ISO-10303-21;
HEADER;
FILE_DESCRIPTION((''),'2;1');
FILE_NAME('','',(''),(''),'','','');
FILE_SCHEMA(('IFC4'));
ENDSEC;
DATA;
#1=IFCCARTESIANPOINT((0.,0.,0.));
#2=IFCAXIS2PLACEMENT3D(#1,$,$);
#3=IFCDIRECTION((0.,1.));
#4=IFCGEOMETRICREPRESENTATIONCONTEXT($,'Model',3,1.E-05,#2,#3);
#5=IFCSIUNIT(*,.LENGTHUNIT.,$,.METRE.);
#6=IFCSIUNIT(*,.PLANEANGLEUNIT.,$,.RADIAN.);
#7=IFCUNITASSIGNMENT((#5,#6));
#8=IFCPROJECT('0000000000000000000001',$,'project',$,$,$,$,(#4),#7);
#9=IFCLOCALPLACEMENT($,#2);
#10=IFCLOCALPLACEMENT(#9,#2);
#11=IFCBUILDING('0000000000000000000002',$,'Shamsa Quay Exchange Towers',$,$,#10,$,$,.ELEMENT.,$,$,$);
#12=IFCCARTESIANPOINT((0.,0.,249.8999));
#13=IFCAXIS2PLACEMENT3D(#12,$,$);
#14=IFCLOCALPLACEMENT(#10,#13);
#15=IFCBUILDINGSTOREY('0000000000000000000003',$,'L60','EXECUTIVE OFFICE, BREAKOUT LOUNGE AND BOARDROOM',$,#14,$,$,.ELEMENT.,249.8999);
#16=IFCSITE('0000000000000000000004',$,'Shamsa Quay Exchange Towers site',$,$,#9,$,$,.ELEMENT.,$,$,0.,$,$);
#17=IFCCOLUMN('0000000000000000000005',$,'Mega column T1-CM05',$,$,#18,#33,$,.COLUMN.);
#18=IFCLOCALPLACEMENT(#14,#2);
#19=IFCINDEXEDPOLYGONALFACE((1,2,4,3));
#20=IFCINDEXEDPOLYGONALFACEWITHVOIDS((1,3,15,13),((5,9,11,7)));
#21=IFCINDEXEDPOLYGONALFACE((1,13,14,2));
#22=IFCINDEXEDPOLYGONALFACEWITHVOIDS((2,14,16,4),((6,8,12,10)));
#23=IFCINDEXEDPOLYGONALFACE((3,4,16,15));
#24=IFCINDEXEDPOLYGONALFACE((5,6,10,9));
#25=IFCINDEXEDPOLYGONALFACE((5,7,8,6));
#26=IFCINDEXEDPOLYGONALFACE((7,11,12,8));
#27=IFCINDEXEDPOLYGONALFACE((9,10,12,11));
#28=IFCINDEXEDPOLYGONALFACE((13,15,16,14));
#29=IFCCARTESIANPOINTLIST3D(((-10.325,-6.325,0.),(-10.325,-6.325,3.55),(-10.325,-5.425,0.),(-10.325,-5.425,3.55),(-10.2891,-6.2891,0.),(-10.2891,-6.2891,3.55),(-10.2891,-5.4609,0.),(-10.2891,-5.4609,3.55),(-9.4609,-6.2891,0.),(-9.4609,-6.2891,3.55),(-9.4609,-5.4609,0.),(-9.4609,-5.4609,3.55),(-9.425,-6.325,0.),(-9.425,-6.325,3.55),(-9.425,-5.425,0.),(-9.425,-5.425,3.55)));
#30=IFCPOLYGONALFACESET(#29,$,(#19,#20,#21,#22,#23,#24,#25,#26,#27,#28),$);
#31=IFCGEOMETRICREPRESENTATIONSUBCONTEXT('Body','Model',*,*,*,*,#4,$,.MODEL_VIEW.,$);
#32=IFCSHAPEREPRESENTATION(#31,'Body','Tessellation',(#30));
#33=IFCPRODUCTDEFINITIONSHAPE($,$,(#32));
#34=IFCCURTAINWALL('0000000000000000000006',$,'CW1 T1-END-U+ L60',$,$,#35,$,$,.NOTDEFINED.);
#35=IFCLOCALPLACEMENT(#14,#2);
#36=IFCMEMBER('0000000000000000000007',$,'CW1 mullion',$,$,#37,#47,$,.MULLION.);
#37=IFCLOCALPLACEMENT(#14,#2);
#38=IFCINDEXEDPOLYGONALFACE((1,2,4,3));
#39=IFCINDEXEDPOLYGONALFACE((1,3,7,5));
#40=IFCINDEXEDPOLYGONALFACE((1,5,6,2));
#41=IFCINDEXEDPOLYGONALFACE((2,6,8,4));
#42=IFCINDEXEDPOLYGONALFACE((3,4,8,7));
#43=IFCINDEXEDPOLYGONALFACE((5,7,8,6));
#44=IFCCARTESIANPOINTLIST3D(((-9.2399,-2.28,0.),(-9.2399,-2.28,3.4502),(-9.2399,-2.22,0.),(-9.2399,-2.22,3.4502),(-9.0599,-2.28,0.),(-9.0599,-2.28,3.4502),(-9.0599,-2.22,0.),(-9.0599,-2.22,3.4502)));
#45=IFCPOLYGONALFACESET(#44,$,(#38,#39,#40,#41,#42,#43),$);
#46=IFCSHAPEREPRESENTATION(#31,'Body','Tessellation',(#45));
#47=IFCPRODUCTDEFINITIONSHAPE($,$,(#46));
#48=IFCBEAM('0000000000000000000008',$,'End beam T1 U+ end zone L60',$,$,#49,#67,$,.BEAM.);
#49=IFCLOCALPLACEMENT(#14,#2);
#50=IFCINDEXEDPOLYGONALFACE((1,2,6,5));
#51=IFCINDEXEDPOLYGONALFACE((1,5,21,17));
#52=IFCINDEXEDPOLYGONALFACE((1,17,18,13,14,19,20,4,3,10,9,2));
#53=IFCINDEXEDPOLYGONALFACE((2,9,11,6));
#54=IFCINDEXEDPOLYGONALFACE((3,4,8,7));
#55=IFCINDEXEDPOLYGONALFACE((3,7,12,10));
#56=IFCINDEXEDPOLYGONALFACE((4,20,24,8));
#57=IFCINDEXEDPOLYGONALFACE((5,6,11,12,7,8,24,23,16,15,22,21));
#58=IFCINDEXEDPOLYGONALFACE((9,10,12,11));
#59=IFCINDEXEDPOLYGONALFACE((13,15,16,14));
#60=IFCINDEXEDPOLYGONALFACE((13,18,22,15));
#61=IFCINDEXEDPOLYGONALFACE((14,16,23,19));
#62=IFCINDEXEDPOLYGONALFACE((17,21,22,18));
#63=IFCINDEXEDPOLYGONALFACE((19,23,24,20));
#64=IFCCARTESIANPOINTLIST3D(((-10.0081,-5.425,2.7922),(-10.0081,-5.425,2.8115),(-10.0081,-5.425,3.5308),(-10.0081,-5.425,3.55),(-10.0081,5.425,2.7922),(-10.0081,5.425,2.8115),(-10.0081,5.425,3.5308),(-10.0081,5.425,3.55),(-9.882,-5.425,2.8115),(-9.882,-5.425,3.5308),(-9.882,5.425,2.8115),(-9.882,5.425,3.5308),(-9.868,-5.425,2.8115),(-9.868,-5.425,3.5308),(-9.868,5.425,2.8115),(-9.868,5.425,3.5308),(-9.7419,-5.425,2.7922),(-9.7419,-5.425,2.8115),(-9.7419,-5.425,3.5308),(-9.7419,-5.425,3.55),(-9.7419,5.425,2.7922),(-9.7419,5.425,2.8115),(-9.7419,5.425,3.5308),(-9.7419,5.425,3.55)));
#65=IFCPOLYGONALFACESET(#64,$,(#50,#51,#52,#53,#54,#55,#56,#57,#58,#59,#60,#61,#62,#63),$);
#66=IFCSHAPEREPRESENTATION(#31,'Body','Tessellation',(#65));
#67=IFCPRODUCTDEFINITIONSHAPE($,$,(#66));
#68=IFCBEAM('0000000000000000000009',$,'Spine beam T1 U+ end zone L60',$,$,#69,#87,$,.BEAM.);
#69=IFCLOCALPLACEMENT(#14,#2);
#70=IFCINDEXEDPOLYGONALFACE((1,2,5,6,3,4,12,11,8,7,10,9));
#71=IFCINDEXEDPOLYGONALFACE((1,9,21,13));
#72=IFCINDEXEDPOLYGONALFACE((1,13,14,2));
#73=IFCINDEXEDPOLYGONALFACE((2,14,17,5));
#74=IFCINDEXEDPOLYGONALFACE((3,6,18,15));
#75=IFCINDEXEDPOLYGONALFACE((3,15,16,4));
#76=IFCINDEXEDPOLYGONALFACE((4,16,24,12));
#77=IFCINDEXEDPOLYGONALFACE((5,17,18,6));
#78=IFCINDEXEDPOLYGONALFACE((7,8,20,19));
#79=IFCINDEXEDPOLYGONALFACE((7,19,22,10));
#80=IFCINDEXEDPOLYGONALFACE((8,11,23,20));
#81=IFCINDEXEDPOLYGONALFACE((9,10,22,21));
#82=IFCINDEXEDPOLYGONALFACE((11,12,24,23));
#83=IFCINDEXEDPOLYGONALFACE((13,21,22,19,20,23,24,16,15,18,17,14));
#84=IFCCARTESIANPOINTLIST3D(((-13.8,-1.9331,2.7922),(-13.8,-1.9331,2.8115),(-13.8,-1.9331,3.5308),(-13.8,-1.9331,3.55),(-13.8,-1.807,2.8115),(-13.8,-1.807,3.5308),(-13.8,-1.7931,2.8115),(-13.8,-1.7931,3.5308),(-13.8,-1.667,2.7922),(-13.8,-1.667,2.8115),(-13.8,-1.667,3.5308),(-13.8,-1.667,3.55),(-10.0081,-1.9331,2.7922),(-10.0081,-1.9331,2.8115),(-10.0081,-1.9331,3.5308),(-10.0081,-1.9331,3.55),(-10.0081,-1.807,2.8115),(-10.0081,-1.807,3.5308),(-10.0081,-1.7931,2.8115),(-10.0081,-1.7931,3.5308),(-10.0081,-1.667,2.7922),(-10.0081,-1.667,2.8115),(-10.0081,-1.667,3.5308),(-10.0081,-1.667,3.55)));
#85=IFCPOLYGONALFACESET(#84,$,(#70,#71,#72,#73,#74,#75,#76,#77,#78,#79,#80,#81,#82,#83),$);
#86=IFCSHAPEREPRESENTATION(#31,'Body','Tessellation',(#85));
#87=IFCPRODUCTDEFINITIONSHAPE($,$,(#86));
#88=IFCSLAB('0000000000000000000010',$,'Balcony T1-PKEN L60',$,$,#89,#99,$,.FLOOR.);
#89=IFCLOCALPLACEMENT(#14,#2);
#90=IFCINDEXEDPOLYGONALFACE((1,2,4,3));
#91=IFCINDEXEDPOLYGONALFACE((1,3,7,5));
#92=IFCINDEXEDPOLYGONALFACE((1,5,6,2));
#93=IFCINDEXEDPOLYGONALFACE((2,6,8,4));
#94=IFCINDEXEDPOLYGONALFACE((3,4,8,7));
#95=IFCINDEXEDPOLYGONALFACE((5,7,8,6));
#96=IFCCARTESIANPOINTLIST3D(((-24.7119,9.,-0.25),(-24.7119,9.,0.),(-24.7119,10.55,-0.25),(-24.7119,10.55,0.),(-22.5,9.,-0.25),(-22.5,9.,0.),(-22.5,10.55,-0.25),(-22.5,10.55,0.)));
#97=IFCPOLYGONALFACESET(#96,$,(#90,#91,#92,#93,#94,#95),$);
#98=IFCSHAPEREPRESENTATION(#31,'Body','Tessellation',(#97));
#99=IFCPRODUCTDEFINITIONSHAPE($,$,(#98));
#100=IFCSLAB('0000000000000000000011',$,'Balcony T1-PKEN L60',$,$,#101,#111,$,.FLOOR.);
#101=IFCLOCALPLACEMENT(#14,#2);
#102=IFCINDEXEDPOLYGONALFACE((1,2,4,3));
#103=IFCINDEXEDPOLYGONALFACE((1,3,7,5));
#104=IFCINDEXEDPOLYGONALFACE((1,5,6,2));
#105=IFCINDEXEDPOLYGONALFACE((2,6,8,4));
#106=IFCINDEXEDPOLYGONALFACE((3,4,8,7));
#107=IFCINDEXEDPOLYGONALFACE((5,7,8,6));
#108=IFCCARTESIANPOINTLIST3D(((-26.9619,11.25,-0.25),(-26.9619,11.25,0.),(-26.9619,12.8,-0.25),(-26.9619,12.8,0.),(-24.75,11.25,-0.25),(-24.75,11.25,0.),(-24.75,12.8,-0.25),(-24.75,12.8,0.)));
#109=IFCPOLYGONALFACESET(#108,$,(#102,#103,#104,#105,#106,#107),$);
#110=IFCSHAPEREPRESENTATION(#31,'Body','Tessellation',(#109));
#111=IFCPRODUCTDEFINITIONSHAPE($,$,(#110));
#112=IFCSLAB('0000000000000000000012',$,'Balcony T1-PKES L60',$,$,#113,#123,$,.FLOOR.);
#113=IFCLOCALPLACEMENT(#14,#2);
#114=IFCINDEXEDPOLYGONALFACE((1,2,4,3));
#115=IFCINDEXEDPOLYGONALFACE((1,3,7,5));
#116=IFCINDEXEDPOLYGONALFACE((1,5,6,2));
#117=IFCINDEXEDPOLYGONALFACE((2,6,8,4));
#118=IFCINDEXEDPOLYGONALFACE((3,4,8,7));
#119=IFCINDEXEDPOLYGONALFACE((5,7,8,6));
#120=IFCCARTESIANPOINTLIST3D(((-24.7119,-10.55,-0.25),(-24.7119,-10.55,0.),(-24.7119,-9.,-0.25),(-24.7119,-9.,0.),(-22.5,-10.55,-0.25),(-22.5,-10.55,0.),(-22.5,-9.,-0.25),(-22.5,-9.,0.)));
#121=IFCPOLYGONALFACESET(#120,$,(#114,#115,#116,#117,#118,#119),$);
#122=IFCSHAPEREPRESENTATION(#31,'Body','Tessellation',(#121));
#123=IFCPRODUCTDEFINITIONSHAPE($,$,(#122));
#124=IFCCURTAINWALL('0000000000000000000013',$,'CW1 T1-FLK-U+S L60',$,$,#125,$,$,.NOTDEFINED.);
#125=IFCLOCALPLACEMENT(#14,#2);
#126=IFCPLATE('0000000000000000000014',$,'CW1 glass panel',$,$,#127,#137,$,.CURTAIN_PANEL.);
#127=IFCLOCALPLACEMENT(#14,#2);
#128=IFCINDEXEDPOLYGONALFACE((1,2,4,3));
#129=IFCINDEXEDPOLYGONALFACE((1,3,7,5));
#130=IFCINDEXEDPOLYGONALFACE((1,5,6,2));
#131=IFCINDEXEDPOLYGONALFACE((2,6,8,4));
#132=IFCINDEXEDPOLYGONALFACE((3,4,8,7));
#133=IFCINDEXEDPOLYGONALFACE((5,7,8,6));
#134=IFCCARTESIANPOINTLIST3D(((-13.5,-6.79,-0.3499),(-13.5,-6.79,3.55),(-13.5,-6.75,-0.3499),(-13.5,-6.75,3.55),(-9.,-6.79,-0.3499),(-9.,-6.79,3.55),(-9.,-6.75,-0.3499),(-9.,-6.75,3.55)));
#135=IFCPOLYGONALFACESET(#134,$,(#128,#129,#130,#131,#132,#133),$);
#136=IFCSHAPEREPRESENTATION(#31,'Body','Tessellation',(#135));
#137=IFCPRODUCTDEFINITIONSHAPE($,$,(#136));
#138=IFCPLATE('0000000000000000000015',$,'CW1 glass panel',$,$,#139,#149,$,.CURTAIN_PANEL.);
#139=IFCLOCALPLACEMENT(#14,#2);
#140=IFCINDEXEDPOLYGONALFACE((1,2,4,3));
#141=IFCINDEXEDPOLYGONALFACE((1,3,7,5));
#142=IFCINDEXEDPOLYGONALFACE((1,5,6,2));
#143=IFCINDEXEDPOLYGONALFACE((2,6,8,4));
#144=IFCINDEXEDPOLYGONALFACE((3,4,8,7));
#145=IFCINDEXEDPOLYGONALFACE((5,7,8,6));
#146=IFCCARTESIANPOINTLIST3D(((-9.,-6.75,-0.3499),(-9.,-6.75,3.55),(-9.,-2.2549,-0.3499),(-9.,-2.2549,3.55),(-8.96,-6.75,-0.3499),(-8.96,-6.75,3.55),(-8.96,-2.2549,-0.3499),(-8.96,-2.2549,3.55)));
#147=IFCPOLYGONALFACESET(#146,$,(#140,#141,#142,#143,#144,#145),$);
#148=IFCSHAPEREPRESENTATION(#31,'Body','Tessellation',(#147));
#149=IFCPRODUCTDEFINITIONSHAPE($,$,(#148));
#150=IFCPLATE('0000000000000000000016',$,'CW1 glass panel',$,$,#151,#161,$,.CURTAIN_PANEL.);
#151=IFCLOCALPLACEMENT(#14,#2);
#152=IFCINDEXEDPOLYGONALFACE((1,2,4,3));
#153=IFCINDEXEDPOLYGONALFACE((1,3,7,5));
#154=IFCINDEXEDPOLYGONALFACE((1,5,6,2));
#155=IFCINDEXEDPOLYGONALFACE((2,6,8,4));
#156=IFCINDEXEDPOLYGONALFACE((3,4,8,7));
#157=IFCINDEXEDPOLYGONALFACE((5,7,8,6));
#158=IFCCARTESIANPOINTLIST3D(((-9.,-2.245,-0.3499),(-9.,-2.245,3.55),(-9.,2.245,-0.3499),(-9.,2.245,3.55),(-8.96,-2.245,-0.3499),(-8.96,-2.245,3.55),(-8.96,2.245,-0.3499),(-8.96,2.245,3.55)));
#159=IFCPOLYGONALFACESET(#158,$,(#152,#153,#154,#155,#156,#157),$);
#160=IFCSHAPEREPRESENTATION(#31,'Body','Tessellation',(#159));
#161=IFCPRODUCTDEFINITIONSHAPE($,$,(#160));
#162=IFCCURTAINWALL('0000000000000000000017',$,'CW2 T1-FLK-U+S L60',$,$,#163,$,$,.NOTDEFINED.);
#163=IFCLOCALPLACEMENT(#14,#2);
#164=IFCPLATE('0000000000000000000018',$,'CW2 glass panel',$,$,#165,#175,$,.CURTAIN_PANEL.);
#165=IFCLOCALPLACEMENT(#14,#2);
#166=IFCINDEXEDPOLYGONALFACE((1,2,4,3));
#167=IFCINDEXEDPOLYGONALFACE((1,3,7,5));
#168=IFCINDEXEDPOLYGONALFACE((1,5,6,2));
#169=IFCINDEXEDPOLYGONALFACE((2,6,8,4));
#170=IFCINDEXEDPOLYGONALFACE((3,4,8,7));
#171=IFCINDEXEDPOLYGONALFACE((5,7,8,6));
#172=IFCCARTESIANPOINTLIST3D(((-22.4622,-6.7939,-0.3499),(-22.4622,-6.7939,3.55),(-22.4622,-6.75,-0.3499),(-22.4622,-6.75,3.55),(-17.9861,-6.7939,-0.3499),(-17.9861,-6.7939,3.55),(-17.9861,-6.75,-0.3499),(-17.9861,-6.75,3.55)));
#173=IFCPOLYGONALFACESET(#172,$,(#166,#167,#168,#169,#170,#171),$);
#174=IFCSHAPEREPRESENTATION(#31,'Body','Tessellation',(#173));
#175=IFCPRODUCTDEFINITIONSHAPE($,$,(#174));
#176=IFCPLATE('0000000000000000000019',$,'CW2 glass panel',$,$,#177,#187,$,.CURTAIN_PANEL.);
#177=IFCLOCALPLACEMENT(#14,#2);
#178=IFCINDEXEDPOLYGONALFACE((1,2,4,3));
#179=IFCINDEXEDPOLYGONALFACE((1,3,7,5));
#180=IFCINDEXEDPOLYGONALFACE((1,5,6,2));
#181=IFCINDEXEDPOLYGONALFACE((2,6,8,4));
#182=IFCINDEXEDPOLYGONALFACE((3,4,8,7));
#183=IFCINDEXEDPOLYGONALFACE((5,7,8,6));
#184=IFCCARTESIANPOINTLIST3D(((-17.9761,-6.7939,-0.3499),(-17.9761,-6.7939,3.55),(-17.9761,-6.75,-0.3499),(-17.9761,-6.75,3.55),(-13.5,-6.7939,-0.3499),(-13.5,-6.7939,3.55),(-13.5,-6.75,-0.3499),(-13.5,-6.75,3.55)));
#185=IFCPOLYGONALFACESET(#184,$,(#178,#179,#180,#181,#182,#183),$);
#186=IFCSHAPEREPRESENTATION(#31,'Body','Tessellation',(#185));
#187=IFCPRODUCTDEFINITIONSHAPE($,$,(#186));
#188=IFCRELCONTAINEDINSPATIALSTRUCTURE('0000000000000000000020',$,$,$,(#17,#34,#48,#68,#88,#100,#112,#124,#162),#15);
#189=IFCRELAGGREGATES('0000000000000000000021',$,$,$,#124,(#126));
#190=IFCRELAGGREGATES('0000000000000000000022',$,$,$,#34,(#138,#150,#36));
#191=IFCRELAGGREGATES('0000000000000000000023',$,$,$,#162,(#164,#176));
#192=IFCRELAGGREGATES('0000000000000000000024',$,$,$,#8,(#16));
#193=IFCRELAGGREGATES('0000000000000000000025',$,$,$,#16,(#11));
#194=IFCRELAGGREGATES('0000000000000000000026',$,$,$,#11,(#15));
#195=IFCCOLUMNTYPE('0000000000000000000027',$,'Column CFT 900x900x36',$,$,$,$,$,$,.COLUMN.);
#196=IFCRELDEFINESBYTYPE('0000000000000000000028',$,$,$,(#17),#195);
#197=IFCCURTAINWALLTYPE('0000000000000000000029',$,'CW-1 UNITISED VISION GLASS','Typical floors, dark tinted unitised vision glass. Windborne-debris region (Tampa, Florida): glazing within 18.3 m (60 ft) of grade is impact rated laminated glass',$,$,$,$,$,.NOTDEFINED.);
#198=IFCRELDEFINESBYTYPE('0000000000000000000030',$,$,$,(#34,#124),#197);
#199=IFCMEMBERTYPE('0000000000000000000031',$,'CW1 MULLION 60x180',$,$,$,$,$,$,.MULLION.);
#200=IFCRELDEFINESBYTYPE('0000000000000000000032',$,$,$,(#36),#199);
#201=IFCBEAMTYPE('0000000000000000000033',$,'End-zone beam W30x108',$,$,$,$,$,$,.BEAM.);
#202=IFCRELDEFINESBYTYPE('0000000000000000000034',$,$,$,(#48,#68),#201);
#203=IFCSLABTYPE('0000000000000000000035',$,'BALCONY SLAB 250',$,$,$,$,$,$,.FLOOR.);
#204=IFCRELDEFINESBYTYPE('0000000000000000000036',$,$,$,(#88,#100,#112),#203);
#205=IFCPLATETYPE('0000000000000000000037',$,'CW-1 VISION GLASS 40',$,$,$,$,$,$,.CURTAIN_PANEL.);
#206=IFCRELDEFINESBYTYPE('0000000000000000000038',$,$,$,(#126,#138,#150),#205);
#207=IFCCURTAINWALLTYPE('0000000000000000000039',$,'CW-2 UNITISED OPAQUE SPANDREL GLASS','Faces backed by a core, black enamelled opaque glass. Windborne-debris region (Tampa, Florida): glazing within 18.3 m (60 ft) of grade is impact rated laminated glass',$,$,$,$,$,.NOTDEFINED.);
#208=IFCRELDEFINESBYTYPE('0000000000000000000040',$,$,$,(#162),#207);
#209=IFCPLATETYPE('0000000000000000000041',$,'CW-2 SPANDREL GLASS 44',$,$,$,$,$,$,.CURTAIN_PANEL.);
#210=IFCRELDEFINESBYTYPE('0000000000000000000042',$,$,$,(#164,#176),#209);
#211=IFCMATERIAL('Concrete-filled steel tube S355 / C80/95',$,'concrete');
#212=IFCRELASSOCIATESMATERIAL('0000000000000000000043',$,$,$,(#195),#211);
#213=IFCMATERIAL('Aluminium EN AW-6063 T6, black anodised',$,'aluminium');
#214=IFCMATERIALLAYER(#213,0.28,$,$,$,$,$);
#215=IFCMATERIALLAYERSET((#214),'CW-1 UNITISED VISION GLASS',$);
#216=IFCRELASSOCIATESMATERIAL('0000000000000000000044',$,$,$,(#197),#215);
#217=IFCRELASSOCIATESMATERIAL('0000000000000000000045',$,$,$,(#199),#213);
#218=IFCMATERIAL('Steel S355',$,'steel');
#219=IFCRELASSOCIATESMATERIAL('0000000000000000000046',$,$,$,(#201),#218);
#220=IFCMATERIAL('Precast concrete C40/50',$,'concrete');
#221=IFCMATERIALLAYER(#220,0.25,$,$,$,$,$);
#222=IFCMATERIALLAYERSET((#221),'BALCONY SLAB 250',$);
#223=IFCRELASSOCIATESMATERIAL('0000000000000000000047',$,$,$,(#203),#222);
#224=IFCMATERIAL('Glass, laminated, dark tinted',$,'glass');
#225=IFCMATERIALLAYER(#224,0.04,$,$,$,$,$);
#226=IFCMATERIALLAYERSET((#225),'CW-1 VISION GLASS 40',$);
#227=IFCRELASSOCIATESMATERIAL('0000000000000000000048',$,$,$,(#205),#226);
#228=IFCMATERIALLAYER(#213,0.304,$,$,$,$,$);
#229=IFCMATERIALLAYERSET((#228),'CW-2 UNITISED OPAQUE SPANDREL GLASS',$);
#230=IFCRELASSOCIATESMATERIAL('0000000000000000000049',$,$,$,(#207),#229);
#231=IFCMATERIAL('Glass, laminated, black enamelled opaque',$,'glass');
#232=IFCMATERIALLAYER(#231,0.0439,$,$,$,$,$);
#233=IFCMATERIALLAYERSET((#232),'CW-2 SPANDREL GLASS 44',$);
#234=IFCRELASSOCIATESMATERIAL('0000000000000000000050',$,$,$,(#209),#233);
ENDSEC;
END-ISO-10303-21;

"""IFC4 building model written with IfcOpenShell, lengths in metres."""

from ifc_helpers import new_model, si_unit, direction, frame, origin, origin_2d, place, context, subcontext, project, spatial, polyline, rectangle, hollow_rectangle, i_section, outline, extrude, material, layer, layer_set, material_profile, profile_set, type_object, element, aggregate, save


model = new_model("IFC4")

# Units and contexts
model_context = context("Model", 3, precision=1e-05, world=origin(), true_north=direction((0.0, 1.0)))
body_context = subcontext(model_context, "Body", "Model", "MODEL_VIEW")
ifc_project = project(units=[si_unit("LENGTHUNIT", "METRE"), si_unit("PLANEANGLEUNIT", "RADIAN")], contexts=[model_context])

# Site, building, storey
site_placement = place(None, origin())
site = spatial("IfcSite", under=ifc_project, at=site_placement, Name="Shamsa Quay Exchange Towers site", CompositionType="ELEMENT", RefElevation=0.0)
building_placement = place(site_placement, origin())
building = spatial("IfcBuilding", under=site, at=building_placement, Name="Shamsa Quay Exchange Towers", CompositionType="ELEMENT")
storey_placement = place(building_placement, frame((0.0, 0.0, 249.8999)))
storey = spatial("IfcBuildingStorey", under=building, at=storey_placement, Name="L60", Description="EXECUTIVE OFFICE, BREAKOUT LOUNGE AND BOARDROOM", CompositionType="ELEMENT", Elevation=249.8999)

# Column
ifc_material_1 = material(Name="Concrete-filled steel tube S355 / C80/95", Category="concrete")
ifc_material_profile_1 = material_profile(ifc_material_1, hollow_rectangle(XDim=0.8999, YDim=0.8999, WallThickness=0.0359, at=origin_2d()), Name="CFT 900x900x36")
ifc_profile_set_1 = profile_set([ifc_material_profile_1], Name="Concrete-filled steel tube S355 / C80/95")
column_type = type_object("IfcColumnType", Name="Column CFT 900x900x36", PredefinedType="COLUMN", material=ifc_profile_set_1)
column_placement = place(storey_placement, frame((-9.875, -5.875, 0.0)))
element("IfcColumn", 1, at=column_placement, inside=storey, type_object=column_type, Name="Mega column T1-CM05", PredefinedType="COLUMN", context=body_context, shape_type="SweptSolid", body=[
    extrude(hollow_rectangle(XDim=0.8999, YDim=0.8999, WallThickness=0.0359, at=origin_2d()), origin(), (0.0, 0.0, 1.0), 3.55),
])

# Curtain wall, member
ifc_material_2 = material(Name="Aluminium EN AW-6063 T6, black anodised", Category="aluminium")
ifc_layer_1 = layer(ifc_material_2, 0.28)
ifc_layer_set_1 = layer_set([ifc_layer_1], Name="CW-1 UNITISED VISION GLASS")
curtain_wall_type_1 = type_object("IfcCurtainWallType", Name="CW-1 UNITISED VISION GLASS", Description="Typical floors, dark tinted unitised vision glass. Windborne-debris region (Tampa, Florida): glazing within 18.3 m (60 ft) of grade is impact rated laminated glass", PredefinedType="NOTDEFINED", material=ifc_layer_set_1)
curtain_wall_1_placement = place(storey_placement, origin())
curtain_wall_1 = element("IfcCurtainWall", 2, at=curtain_wall_1_placement, inside=storey, type_object=curtain_wall_type_1, Name="CW1 T1-END-U+ L60", PredefinedType="NOTDEFINED")
ifc_material_profile_2 = material_profile(ifc_material_2, rectangle(XDim=0.1799, YDim=0.0601, at=origin_2d()), Name="MU60x180")
ifc_profile_set_2 = profile_set([ifc_material_profile_2], Name="Aluminium EN AW-6063 T6, black anodised")
member_type = type_object("IfcMemberType", Name="CW1 MULLION 60x180", PredefinedType="MULLION", material=ifc_profile_set_2)
member_placement = place(storey_placement, frame((-9.1499, -2.25, 0.0), z_axis=(0.0, 0.0, 1.0), x_axis=(-1.0, 0.0, 0.0)))
member = element("IfcMember", 3, at=member_placement, type_object=member_type, Name="CW1 mullion", PredefinedType="MULLION", context=body_context, shape_type="SweptSolid", body=[
    extrude(rectangle(XDim=0.1799, YDim=0.0601, at=origin_2d()), origin(), (0.0, 0.0, 1.0), 3.4502),
])

# Beams
ifc_material_3 = material(Name="Steel S355", Category="steel")
ifc_material_profile_3 = material_profile(ifc_material_3, i_section(OverallWidth=0.2661, OverallDepth=0.7578, WebThickness=0.0139, FlangeThickness=0.0193, at=origin_2d()), Name="W30x108")
ifc_profile_set_3 = profile_set([ifc_material_profile_3], Name="Steel S355")
beam_type = type_object("IfcBeamType", Name="End-zone beam W30x108", PredefinedType="BEAM", material=ifc_profile_set_3)
beam_1_placement = place(storey_placement, frame((-9.875, -5.425, 3.1711), z_axis=(0.0, 1.0, 0.0), x_axis=(-1.0, 0.0, 0.0)))
element("IfcBeam", 4, at=beam_1_placement, inside=storey, type_object=beam_type, Name="End beam T1 U+ end zone L60", PredefinedType="BEAM", context=body_context, shape_type="SweptSolid", body=[
    extrude(i_section(OverallWidth=0.2661, OverallDepth=0.7578, WebThickness=0.0139, FlangeThickness=0.0193, at=origin_2d()), origin(), (0.0, 0.0, 1.0), 10.8501),
])
beam_2_placement = place(storey_placement, frame((-13.8, -1.8, 3.1711), z_axis=(1.0, 0.0, 0.0), x_axis=(0.0, 1.0, 0.0)))
element("IfcBeam", 5, at=beam_2_placement, inside=storey, type_object=beam_type, Name="Spine beam T1 U+ end zone L60", PredefinedType="BEAM", context=body_context, shape_type="SweptSolid", body=[
    extrude(i_section(OverallWidth=0.2661, OverallDepth=0.7578, WebThickness=0.0139, FlangeThickness=0.0193, at=origin_2d()), origin(), (0.0, 0.0, 1.0), 3.792),
])

# Slabs
ifc_material_4 = material(Name="Precast concrete C40/50", Category="concrete")
ifc_layer_2 = layer(ifc_material_4, 0.25)
ifc_layer_set_2 = layer_set([ifc_layer_2], Name="BALCONY SLAB 250")
slab_type_1 = type_object("IfcSlabType", Name="BALCONY SLAB 250", PredefinedType="FLOOR", material=ifc_layer_set_2)
slab_1_placement = place(storey_placement, frame((0.0, 0.0, -0.25)))
element("IfcSlab", 6, at=slab_1_placement, inside=storey, type_object=slab_type_1, Name="Balcony T1-PKEN L60", PredefinedType="FLOOR", context=body_context, shape_type="SweptSolid", body=[
    extrude(outline(polyline([(-22.5, 9.0), (-24.7119, 9.0), (-24.7119, 10.55), (-22.5, 10.55), (-22.5, 9.0)])), origin(), (0.0, 0.0, 1.0), 0.25),
])
slab_2_placement = place(storey_placement, frame((0.0, 0.0, -0.25)))
element("IfcSlab", 7, at=slab_2_placement, inside=storey, type_object=slab_type_1, Name="Balcony T1-PKEN L60", PredefinedType="FLOOR", context=body_context, shape_type="SweptSolid", body=[
    extrude(outline(polyline([(-24.75, 11.25), (-26.9619, 11.25), (-26.9619, 12.8), (-24.75, 12.8), (-24.75, 11.25)])), origin(), (0.0, 0.0, 1.0), 0.25),
])
slab_3_placement = place(storey_placement, frame((0.0, 0.0, -0.25)))
element("IfcSlab", 8, at=slab_3_placement, inside=storey, type_object=slab_type_1, Name="Balcony T1-PKES L60", PredefinedType="FLOOR", context=body_context, shape_type="SweptSolid", body=[
    extrude(outline(polyline([(-24.7119, -9.0), (-22.5, -9.0), (-22.5, -10.55), (-24.7119, -10.55), (-24.7119, -9.0)])), origin(), (0.0, 0.0, 1.0), 0.25),
])

# Curtain wall, plate
curtain_wall_2_placement = place(storey_placement, origin())
curtain_wall_2 = element("IfcCurtainWall", 9, at=curtain_wall_2_placement, inside=storey, type_object=curtain_wall_type_1, Name="CW1 T1-FLK-U+S L60", PredefinedType="NOTDEFINED")
ifc_material_5 = material(Name="Glass, laminated, dark tinted", Category="glass")
ifc_layer_3 = layer(ifc_material_5, 0.04)
ifc_layer_set_3 = layer_set([ifc_layer_3], Name="CW-1 VISION GLASS 40")
plate_type_1 = type_object("IfcPlateType", Name="CW-1 VISION GLASS 40", PredefinedType="CURTAIN_PANEL", material=ifc_layer_set_3)
plate_1_placement = place(storey_placement, frame((-11.25, -6.77, -0.3499)))
plate_1 = element("IfcPlate", 10, at=plate_1_placement, type_object=plate_type_1, Name="CW1 glass panel", PredefinedType="CURTAIN_PANEL", context=body_context, shape_type="SweptSolid", body=[
    extrude(rectangle(XDim=4.5, YDim=0.04, at=origin_2d()), origin(), (0.0, 0.0, 1.0), 3.8999),
])
aggregate(curtain_wall_2, [plate_1])

# Plates
plate_2_placement = place(storey_placement, frame((-8.98, -4.5024, -0.3499), z_axis=(0.0, 0.0, 1.0), x_axis=(0.0, 1.0, 0.0)))
plate_2 = element("IfcPlate", 11, at=plate_2_placement, type_object=plate_type_1, Name="CW1 glass panel", PredefinedType="CURTAIN_PANEL", context=body_context, shape_type="SweptSolid", body=[
    extrude(rectangle(XDim=4.4951, YDim=0.04, at=origin_2d()), origin(), (0.0, 0.0, 1.0), 3.8999),
])
plate_3_placement = place(storey_placement, frame((-8.98, 0.0, -0.3499), z_axis=(0.0, 0.0, 1.0), x_axis=(0.0, 1.0, 0.0)))
plate_3 = element("IfcPlate", 12, at=plate_3_placement, type_object=plate_type_1, Name="CW1 glass panel", PredefinedType="CURTAIN_PANEL", context=body_context, shape_type="SweptSolid", body=[
    extrude(rectangle(XDim=4.49, YDim=0.04, at=origin_2d()), origin(), (0.0, 0.0, 1.0), 3.8999),
])
aggregate(curtain_wall_1, [plate_2, plate_3, member])

# Curtain wall, plates
ifc_layer_4 = layer(ifc_material_2, 0.304)
ifc_layer_set_4 = layer_set([ifc_layer_4], Name="CW-2 UNITISED OPAQUE SPANDREL GLASS")
curtain_wall_type_2 = type_object("IfcCurtainWallType", Name="CW-2 UNITISED OPAQUE SPANDREL GLASS", Description="Faces backed by a core, black enamelled opaque glass. Windborne-debris region (Tampa, Florida): glazing within 18.3 m (60 ft) of grade is impact rated laminated glass", PredefinedType="NOTDEFINED", material=ifc_layer_set_4)
curtain_wall_3_placement = place(storey_placement, origin())
curtain_wall_3 = element("IfcCurtainWall", 13, at=curtain_wall_3_placement, inside=storey, type_object=curtain_wall_type_2, Name="CW2 T1-FLK-U+S L60", PredefinedType="NOTDEFINED")
ifc_material_6 = material(Name="Glass, laminated, black enamelled opaque", Category="glass")
ifc_layer_5 = layer(ifc_material_6, 0.0439)
ifc_layer_set_5 = layer_set([ifc_layer_5], Name="CW-2 SPANDREL GLASS 44")
plate_type_2 = type_object("IfcPlateType", Name="CW-2 SPANDREL GLASS 44", PredefinedType="CURTAIN_PANEL", material=ifc_layer_set_5)
plate_4_placement = place(storey_placement, frame((-20.2241, -6.772, -0.3499)))
plate_4 = element("IfcPlate", 14, at=plate_4_placement, type_object=plate_type_2, Name="CW2 glass panel", PredefinedType="CURTAIN_PANEL", context=body_context, shape_type="SweptSolid", body=[
    extrude(rectangle(XDim=4.4761, YDim=0.0439, at=origin_2d()), origin(), (0.0, 0.0, 1.0), 3.8999),
])
plate_5_placement = place(storey_placement, frame((-15.738, -6.772, -0.3499)))
plate_5 = element("IfcPlate", 15, at=plate_5_placement, type_object=plate_type_2, Name="CW2 glass panel", PredefinedType="CURTAIN_PANEL", context=body_context, shape_type="SweptSolid", body=[
    extrude(rectangle(XDim=4.4761, YDim=0.0439, at=origin_2d()), origin(), (0.0, 0.0, 1.0), 3.8999),
])
aggregate(curtain_wall_3, [plate_4, plate_5])

save(model, "model.ifc")
